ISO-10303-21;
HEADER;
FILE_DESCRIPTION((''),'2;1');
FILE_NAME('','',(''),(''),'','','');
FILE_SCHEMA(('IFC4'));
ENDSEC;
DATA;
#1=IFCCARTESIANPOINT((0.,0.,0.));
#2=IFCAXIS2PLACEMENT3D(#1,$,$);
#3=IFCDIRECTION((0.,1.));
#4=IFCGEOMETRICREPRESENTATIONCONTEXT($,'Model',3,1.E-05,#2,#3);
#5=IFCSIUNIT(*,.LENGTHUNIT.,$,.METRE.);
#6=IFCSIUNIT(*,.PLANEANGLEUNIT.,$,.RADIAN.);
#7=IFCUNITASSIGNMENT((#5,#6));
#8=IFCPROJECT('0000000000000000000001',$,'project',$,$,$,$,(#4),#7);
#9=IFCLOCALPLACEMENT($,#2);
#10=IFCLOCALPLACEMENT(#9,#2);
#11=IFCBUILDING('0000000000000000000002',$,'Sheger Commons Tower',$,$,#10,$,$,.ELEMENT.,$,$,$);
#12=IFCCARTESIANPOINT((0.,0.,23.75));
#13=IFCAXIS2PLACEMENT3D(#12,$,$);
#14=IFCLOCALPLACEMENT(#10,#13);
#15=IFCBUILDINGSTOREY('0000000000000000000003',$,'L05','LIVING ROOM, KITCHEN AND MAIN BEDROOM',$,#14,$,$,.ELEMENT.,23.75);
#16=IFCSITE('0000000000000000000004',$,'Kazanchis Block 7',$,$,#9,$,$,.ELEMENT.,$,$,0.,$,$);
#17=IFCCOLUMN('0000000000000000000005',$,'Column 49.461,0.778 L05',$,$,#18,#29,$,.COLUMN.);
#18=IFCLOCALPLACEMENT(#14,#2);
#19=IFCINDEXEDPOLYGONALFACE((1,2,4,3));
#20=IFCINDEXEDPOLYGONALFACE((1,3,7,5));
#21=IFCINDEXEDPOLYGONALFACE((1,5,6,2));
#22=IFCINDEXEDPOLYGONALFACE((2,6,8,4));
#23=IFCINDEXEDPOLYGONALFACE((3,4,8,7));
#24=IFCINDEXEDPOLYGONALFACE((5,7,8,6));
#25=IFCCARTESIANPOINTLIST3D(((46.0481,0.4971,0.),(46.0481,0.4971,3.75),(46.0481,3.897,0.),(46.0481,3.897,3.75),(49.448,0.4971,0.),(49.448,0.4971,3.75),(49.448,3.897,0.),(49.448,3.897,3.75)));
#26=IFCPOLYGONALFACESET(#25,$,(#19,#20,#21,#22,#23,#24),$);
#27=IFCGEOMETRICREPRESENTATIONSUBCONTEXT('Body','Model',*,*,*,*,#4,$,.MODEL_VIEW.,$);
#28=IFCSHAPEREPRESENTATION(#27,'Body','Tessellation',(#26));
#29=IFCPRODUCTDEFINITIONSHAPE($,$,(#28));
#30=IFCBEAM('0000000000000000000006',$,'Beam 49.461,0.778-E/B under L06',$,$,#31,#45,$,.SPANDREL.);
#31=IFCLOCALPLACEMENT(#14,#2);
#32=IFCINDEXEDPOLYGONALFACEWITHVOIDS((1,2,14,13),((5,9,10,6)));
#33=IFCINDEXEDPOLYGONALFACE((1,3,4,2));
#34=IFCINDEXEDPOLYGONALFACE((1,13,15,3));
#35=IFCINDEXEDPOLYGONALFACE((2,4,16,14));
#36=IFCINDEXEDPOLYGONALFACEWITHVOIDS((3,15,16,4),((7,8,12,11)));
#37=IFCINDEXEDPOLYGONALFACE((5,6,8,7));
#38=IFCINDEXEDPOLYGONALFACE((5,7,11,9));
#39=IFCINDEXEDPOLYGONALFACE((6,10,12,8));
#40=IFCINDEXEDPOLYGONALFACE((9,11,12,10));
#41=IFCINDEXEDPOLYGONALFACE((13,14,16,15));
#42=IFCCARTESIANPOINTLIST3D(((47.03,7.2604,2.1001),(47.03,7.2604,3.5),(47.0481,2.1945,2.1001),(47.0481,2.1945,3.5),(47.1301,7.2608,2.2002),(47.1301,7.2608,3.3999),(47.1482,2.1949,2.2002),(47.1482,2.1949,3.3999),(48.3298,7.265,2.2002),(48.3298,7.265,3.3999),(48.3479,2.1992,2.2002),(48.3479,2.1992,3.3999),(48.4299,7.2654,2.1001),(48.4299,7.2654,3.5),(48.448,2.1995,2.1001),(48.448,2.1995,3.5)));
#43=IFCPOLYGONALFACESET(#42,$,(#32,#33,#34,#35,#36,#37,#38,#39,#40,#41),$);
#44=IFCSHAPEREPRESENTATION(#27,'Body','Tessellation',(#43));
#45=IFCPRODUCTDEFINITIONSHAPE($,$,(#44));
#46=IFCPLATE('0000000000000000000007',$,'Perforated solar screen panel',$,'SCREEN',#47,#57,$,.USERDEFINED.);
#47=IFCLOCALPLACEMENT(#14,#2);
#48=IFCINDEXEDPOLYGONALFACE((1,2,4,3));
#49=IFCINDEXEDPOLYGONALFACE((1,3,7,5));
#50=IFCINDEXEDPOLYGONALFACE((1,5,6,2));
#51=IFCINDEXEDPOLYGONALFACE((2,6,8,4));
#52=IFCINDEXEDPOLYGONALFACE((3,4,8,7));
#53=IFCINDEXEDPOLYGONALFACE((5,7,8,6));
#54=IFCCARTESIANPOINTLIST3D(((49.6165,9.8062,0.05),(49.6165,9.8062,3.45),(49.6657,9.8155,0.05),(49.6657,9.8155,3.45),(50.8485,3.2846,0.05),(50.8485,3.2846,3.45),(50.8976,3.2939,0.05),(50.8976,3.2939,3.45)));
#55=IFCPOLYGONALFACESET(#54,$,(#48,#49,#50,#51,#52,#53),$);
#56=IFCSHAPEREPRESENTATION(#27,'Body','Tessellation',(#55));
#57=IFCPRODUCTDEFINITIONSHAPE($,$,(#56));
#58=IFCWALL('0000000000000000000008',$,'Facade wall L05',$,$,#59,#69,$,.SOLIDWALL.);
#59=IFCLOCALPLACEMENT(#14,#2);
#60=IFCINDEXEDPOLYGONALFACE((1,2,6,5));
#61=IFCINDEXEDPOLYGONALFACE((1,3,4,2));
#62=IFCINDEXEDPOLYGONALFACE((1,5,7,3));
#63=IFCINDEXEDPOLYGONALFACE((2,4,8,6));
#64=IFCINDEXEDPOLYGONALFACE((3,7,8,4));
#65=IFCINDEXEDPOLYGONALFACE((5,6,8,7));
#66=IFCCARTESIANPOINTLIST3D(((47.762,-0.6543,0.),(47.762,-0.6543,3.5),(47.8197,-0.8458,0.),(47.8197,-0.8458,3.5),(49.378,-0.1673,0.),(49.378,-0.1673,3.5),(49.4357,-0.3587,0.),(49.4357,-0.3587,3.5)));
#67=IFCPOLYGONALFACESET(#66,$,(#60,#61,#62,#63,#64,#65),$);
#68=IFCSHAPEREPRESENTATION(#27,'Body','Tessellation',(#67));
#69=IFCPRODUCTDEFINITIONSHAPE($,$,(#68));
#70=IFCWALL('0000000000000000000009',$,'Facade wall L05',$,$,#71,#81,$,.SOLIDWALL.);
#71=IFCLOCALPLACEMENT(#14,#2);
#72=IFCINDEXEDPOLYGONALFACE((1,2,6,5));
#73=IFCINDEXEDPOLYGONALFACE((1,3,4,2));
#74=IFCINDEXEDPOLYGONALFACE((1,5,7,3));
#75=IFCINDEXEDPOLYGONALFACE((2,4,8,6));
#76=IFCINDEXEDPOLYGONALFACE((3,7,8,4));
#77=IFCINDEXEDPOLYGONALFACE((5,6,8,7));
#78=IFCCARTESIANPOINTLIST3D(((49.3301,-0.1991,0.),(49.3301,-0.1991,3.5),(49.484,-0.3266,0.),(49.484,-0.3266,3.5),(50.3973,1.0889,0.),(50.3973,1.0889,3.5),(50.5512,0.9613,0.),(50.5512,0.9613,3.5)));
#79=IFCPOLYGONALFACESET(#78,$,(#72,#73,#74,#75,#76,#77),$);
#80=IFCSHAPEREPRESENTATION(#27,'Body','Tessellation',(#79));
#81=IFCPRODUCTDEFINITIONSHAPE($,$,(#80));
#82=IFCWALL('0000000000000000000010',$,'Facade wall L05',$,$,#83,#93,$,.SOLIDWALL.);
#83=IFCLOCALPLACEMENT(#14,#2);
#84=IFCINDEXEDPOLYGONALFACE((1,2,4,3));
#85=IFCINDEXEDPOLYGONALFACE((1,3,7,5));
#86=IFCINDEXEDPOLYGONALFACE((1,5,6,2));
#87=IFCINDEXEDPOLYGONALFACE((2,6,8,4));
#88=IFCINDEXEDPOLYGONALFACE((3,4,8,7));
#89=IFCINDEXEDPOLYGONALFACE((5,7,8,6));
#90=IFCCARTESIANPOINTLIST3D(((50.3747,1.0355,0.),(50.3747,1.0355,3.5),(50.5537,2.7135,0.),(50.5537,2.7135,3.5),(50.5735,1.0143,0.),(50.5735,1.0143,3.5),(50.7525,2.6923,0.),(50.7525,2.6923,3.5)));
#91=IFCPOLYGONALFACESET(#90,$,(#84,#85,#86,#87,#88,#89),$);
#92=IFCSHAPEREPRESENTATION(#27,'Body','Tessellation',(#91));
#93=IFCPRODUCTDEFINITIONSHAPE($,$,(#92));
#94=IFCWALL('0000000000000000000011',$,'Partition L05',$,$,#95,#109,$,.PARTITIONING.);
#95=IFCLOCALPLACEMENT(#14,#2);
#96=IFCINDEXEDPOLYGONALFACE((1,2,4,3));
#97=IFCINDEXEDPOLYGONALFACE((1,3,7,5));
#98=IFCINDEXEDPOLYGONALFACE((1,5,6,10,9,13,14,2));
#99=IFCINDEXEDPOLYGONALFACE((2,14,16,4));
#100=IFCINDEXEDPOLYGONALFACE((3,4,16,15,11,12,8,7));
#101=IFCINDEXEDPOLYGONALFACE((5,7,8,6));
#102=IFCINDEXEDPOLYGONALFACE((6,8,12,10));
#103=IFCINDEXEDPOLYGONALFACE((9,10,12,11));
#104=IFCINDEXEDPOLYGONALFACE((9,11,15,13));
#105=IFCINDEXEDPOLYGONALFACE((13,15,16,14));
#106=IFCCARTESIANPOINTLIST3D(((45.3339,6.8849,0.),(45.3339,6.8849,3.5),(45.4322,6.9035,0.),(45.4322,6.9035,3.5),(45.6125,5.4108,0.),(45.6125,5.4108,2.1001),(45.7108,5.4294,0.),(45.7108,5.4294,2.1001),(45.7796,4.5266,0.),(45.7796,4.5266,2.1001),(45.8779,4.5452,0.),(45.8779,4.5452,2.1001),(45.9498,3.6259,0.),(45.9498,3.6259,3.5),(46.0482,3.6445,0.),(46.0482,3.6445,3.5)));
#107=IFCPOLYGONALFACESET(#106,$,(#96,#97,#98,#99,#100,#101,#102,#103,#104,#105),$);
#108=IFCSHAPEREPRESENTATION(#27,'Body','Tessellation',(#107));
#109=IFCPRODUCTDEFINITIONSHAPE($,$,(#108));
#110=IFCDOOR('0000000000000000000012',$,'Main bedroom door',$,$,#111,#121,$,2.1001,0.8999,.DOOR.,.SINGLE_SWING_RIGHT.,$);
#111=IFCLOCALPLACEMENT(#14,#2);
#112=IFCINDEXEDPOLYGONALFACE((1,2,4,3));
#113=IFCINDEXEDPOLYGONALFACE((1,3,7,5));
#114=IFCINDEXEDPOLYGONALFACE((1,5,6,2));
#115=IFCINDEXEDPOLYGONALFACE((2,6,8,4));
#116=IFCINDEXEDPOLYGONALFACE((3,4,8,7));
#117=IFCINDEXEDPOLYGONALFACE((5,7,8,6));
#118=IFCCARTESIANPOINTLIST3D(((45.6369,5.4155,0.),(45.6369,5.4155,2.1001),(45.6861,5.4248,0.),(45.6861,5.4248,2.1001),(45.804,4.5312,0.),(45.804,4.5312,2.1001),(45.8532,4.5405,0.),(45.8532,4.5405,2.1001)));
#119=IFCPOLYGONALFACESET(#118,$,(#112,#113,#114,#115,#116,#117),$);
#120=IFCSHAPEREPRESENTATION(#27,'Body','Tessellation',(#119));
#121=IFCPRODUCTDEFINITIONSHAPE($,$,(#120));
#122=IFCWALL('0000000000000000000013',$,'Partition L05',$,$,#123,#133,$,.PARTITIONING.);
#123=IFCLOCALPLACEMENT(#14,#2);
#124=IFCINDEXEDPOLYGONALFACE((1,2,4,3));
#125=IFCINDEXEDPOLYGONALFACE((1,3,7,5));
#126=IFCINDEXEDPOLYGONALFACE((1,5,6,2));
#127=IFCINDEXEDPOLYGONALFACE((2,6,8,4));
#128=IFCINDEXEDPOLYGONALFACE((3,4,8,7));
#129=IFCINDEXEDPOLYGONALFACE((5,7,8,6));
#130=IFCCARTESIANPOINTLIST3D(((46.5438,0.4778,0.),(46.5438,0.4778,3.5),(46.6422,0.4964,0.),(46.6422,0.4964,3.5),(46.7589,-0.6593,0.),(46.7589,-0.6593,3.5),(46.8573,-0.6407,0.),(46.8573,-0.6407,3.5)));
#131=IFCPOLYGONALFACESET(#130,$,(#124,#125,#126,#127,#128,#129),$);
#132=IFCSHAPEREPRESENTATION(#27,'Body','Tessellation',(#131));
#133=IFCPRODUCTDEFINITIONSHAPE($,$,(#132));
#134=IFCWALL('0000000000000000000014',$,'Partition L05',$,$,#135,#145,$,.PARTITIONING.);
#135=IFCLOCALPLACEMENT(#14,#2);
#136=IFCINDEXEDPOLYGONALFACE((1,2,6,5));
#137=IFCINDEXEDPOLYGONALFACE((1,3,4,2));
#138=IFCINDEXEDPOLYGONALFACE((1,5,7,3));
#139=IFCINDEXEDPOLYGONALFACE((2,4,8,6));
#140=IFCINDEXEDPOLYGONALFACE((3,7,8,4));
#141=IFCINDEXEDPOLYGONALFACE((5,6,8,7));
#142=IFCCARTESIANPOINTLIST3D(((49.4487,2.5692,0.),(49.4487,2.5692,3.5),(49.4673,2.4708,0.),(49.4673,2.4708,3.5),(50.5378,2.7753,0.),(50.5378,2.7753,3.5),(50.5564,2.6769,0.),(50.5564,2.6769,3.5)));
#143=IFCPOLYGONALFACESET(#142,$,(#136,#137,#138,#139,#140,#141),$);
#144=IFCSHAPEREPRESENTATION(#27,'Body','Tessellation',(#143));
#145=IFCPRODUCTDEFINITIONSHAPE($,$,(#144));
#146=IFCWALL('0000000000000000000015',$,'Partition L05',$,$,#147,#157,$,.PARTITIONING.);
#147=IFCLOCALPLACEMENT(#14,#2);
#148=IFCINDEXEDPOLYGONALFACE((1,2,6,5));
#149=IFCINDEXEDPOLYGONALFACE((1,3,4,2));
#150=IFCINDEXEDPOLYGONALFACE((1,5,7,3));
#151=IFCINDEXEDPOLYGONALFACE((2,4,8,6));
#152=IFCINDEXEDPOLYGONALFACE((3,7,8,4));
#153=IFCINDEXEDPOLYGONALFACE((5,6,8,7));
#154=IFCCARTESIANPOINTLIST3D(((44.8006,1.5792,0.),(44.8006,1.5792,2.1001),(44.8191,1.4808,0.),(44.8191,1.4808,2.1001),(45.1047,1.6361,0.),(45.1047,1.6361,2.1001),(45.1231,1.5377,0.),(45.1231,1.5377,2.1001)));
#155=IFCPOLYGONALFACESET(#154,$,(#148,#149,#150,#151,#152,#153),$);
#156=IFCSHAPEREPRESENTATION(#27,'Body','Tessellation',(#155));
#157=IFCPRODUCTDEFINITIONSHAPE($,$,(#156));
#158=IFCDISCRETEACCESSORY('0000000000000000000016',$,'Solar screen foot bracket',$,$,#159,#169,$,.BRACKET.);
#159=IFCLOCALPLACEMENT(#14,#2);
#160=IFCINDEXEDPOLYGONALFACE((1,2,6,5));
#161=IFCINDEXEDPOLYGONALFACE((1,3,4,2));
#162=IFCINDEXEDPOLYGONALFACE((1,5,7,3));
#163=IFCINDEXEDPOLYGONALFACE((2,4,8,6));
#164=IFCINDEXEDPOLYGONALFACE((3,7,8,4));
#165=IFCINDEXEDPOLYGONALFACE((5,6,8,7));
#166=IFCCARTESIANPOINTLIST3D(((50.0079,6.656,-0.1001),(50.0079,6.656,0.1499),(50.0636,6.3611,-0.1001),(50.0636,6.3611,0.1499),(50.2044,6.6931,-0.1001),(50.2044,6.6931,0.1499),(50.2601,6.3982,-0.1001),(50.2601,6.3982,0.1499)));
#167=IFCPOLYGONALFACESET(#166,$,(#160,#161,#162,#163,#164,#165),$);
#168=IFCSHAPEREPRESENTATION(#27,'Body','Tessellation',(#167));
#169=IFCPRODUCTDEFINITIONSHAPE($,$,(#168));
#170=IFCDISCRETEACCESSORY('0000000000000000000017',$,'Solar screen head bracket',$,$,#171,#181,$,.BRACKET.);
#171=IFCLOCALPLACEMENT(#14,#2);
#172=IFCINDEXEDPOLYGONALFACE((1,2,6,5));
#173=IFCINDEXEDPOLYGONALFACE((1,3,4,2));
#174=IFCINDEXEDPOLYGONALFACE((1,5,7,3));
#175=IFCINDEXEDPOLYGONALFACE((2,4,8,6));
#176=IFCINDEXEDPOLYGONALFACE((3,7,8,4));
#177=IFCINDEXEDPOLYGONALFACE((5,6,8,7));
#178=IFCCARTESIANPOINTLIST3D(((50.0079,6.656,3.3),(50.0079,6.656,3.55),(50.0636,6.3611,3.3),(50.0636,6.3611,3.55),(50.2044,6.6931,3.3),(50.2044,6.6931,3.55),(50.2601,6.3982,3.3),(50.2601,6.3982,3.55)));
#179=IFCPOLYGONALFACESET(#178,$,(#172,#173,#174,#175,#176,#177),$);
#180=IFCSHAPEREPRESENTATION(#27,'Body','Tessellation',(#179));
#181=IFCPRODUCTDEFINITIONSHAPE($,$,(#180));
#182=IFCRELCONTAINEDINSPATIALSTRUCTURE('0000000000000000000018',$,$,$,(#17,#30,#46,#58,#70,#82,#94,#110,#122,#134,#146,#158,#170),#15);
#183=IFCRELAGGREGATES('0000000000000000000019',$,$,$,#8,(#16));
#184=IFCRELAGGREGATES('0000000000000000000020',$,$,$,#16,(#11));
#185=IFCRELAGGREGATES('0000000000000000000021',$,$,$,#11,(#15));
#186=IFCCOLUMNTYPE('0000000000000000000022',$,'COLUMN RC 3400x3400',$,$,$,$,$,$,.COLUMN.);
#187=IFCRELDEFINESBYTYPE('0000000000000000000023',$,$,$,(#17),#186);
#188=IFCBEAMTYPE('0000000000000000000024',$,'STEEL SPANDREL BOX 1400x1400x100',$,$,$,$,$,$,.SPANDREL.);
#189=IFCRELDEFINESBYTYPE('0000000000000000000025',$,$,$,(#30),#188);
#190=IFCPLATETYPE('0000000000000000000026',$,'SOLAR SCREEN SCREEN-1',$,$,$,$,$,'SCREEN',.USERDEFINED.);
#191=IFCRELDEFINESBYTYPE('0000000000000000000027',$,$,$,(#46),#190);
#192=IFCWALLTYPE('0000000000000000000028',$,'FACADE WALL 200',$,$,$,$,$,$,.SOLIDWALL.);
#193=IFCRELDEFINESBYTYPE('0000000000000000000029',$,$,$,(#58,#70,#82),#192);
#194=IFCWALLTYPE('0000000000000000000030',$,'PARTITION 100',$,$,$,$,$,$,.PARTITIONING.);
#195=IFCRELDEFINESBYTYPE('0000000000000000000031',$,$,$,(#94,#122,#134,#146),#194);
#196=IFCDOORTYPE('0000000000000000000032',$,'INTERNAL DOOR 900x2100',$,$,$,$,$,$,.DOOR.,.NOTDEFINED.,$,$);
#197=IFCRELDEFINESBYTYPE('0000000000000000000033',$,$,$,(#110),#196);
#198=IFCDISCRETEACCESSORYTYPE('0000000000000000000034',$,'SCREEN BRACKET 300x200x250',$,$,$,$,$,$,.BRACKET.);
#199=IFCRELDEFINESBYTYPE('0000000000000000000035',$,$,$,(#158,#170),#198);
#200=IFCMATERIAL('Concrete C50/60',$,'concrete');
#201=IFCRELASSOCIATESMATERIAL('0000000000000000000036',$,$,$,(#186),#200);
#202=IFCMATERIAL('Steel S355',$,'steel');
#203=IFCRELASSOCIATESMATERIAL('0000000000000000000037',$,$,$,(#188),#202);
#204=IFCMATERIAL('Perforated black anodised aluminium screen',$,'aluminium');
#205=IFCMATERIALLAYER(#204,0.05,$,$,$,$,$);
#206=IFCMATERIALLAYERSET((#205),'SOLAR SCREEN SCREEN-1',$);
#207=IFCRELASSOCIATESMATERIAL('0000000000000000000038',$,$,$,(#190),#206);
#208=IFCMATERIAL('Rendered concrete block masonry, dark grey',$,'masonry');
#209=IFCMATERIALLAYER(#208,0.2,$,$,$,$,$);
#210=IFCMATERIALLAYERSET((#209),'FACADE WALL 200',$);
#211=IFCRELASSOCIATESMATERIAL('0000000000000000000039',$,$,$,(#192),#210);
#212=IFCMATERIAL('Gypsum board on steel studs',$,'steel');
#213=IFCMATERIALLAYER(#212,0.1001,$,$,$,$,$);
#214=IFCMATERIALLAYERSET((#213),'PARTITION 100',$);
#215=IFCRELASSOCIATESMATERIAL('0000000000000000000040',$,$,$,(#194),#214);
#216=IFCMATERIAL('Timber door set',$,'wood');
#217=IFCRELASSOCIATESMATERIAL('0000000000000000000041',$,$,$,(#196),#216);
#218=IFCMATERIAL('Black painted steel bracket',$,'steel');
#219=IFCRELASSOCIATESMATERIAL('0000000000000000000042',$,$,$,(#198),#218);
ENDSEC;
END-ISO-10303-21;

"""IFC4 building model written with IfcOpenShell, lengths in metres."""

from ifc_helpers import new_model, si_unit, direction, frame, frame_2d, origin, origin_2d, place, context, subcontext, project, spatial, rectangle, hollow_rectangle, extrude, material, layer, layer_set, material_profile, profile_set, type_object, element, fill, save


model = new_model("IFC4")

# Units and contexts
model_context = context("Model", 3, precision=1e-05, world=origin(), true_north=direction((0.0, 1.0)))
body_context = subcontext(model_context, "Body", "Model", "MODEL_VIEW")
ifc_project = project(units=[si_unit("LENGTHUNIT", "METRE"), si_unit("PLANEANGLEUNIT", "RADIAN")], contexts=[model_context])

# Site, building, storey
site_placement = place(None, origin())
site = spatial("IfcSite", under=ifc_project, at=site_placement, Name="Kazanchis Block 7", CompositionType="ELEMENT", RefElevation=0.0)
building_placement = place(site_placement, origin())
building = spatial("IfcBuilding", under=site, at=building_placement, Name="Sheger Commons Tower", CompositionType="ELEMENT")
storey_placement = place(building_placement, frame((0.0, 0.0, 23.75)))
storey = spatial("IfcBuildingStorey", under=building, at=storey_placement, Name="L05", Description="LIVING ROOM, KITCHEN AND MAIN BEDROOM", CompositionType="ELEMENT", Elevation=23.75)

# Column
ifc_material_1 = material(Name="Concrete C50/60", Category="concrete")
ifc_material_profile_1 = material_profile(ifc_material_1, rectangle(XDim=3.3999, YDim=3.3999, at=origin_2d()), Name="RC 3400x3400")
ifc_profile_set_1 = profile_set([ifc_material_profile_1], Name="Concrete C50/60")
column_type = type_object("IfcColumnType", Name="COLUMN RC 3400x3400", PredefinedType="COLUMN", material=ifc_profile_set_1)
column_placement = place(storey_placement, frame((47.748, 2.197, 0.0), z_axis=(0.0, 0.0, 1.0), x_axis=(1.0, 0.0, 0.0)))
element("IfcColumn", 1, at=column_placement, inside=storey, type_object=column_type, Name="Column 49.461,0.778 L05", PredefinedType="COLUMN", context=body_context, shape_type="SweptSolid", body=[
    extrude(rectangle(XDim=3.3999, YDim=3.3999, at=origin_2d()), origin(), (0.0, 0.0, 1.0), 3.75),
])

# Beam
ifc_material_2 = material(Name="Steel S355", Category="steel")
ifc_material_profile_2 = material_profile(ifc_material_2, hollow_rectangle(XDim=1.3999, YDim=1.3999, WallThickness=0.1001, at=origin_2d()), Name="BOX 1400x1400x100")
ifc_profile_set_2 = profile_set([ifc_material_profile_2], Name="Steel S355")
beam_type = type_object("IfcBeamType", Name="STEEL SPANDREL BOX 1400x1400x100", PredefinedType="SPANDREL", material=ifc_profile_set_2)
beam_placement = place(storey_placement, frame((47.748, 2.197, 2.8), z_axis=(-0.003566, 0.999994, 0.0), x_axis=(-0.999994, -0.003566, 0.0)))
element("IfcBeam", 2, at=beam_placement, inside=storey, type_object=beam_type, Name="Beam 49.461,0.778-E/B under L06", PredefinedType="SPANDREL", context=body_context, shape_type="SweptSolid", body=[
    extrude(hollow_rectangle(XDim=1.3999, YDim=1.3999, WallThickness=0.1001, at=origin_2d()), origin(), (0.0, 0.0, 1.0), 5.0659),
])

# Plate
ifc_material_3 = material(Name="Perforated black anodised aluminium screen", Category="aluminium")
ifc_layer_1 = layer(ifc_material_3, 0.05)
ifc_layer_set_1 = layer_set([ifc_layer_1], Name="SOLAR SCREEN SCREEN-1")
plate_type = type_object("IfcPlateType", Name="SOLAR SCREEN SCREEN-1", ElementType="SCREEN", PredefinedType="USERDEFINED", material=ifc_layer_set_1)
plate_placement = place(storey_placement, frame((50.2571, 6.55, 0.05), z_axis=(0.0, 0.0, 1.0), x_axis=(-0.185615, 0.982623, 0.0)))
element("IfcPlate", 3, at=plate_placement, inside=storey, type_object=plate_type, Name="Perforated solar screen panel", ObjectType="SCREEN", PredefinedType="USERDEFINED", context=body_context, shape_type="SweptSolid", body=[
    extrude(rectangle(XDim=6.637, YDim=0.05, at=origin_2d()), origin(), (0.0, 0.0, 1.0), 3.3999),
])

# Walls
ifc_material_4 = material(Name="Rendered concrete block masonry, dark grey", Category="masonry")
ifc_layer_2 = layer(ifc_material_4, 0.2)
ifc_layer_set_2 = layer_set([ifc_layer_2], Name="FACADE WALL 200")
wall_type_1 = type_object("IfcWallType", Name="FACADE WALL 200", PredefinedType="SOLIDWALL", material=ifc_layer_set_2)
wall_1_placement = place(storey_placement, frame((47.791, -0.75, 0.0), z_axis=(0.0, 0.0, 1.0), x_axis=(0.957455, 0.288582, 0.0)))
element("IfcWall", 4, at=wall_1_placement, inside=storey, type_object=wall_type_1, Name="Facade wall L05", PredefinedType="SOLIDWALL", context=body_context, shape_type="SweptSolid", body=[
    extrude(rectangle(XDim=1.6877, YDim=0.2, at=frame_2d((0.8438, 0.0))), origin(), (0.0, 0.0, 1.0), 3.5),
])
wall_2_placement = place(storey_placement, frame((49.407, -0.2629, 0.0), z_axis=(0.0, 0.0, 1.0), x_axis=(0.638043, 0.770001, 0.0)))
element("IfcWall", 5, at=wall_2_placement, inside=storey, type_object=wall_type_1, Name="Facade wall L05", PredefinedType="SOLIDWALL", context=body_context, shape_type="SweptSolid", body=[
    extrude(rectangle(XDim=1.6726, YDim=0.2, at=frame_2d((0.8364, 0.0))), origin(), (0.0, 0.0, 1.0), 3.5),
])
wall_3_placement = place(storey_placement, frame((50.4741, 1.0249, 0.0), z_axis=(0.0, 0.0, 1.0), x_axis=(0.106048, 0.994361, 0.0)))
element("IfcWall", 6, at=wall_3_placement, inside=storey, type_object=wall_type_1, Name="Facade wall L05", PredefinedType="SOLIDWALL", context=body_context, shape_type="SweptSolid", body=[
    extrude(rectangle(XDim=1.6875, YDim=0.2, at=frame_2d((0.8438, 0.0))), origin(), (0.0, 0.0, 1.0), 3.5),
])

# Wall, opening, door
ifc_material_5 = material(Name="Gypsum board on steel studs", Category="steel")
ifc_layer_3 = layer(ifc_material_5, 0.1001)
ifc_layer_set_3 = layer_set([ifc_layer_3], Name="PARTITION 100")
wall_type_2 = type_object("IfcWallType", Name="PARTITION 100", PredefinedType="PARTITIONING", material=ifc_layer_set_3)
wall_4_placement = place(storey_placement, frame((45.3831, 6.894, 0.0), z_axis=(0.0, 0.0, 1.0), x_axis=(0.185715, -0.982604, 0.0)))
wall_4 = element("IfcWall", 7, at=wall_4_placement, inside=storey, type_object=wall_type_2, Name="Partition L05", PredefinedType="PARTITIONING", context=body_context, shape_type="SweptSolid", body=[
    extrude(rectangle(XDim=3.3167, YDim=0.1001, at=frame_2d((1.6582, 0.0))), origin(), (0.0, 0.0, 1.0), 3.5),
])
opening_1_placement = place(wall_4_placement, frame((1.5, 0.0, 0.0)))
opening_1 = element("IfcOpeningElement", 8, at=opening_1_placement, cuts=wall_4, PredefinedType="OPENING", context=body_context, shape_type="SweptSolid", body=[
    extrude(rectangle(XDim=0.8999, YDim=2.1001, at=frame_2d((0.45, 1.05))), frame((0.0, 0.0601, 0.0), z_axis=(0.0, -1.0, 0.0), x_axis=(1.0, 0.0, 0.0)), (0.0, 0.0, 1.0), 0.1201),
])
ifc_material_6 = material(Name="Timber door set", Category="wood")
door_type = type_object("IfcDoorType", Name="INTERNAL DOOR 900x2100", OperationType="NOTDEFINED", PredefinedType="DOOR", material=ifc_material_6)
door_placement = place(opening_1_placement, origin())
door = element("IfcDoor", 9, at=door_placement, inside=storey, type_object=door_type, Name="Main bedroom door", OperationType="SINGLE_SWING_RIGHT", OverallHeight=2.1001, OverallWidth=0.8999, PredefinedType="DOOR", context=body_context, shape_type="SweptSolid", body=[
    extrude(rectangle(XDim=0.8999, YDim=2.1001, at=frame_2d((0.45, 1.05))), frame((0.0, 0.0249, 0.0), z_axis=(0.0, -1.0, 0.0), x_axis=(1.0, 0.0, 0.0)), (0.0, 0.0, 1.0), 0.05),
])
fill(opening_1, door)

# Walls
wall_5_placement = place(storey_placement, frame((46.593, 0.4871, 0.0), z_axis=(0.0, 0.0, 1.0), x_axis=(0.185881, -0.982572, 0.0)))
element("IfcWall", 10, at=wall_5_placement, inside=storey, type_object=wall_type_2, Name="Partition L05", PredefinedType="PARTITIONING", context=body_context, shape_type="SweptSolid", body=[
    extrude(rectangle(XDim=1.1572, YDim=0.1001, at=frame_2d((0.5786, 0.0))), origin(), (0.0, 0.0, 1.0), 3.5),
])
wall_6_placement = place(storey_placement, frame((50.5471, 2.7261, 0.0), z_axis=(0.0, 0.0, 1.0), x_axis=(-0.982569, -0.185897, 0.0)))
element("IfcWall", 11, at=wall_6_placement, inside=storey, type_object=wall_type_2, Name="Partition L05", PredefinedType="PARTITIONING", context=body_context, shape_type="SweptSolid", body=[
    extrude(rectangle(XDim=1.1084, YDim=0.1001, at=frame_2d((0.5542, 0.0))), origin(), (0.0, 0.0, 1.0), 3.5),
])
wall_7_placement = place(storey_placement, frame((45.114, 1.5869, 0.0), z_axis=(0.0, 0.0, 1.0), x_axis=(-0.982935, -0.183955, 0.0)))
element("IfcWall", 12, at=wall_7_placement, inside=storey, type_object=wall_type_2, Name="Partition L05", PredefinedType="PARTITIONING", context=body_context, shape_type="SweptSolid", body=[
    extrude(rectangle(XDim=0.3093, YDim=0.1001, at=frame_2d((0.1548, 0.0))), origin(), (0.0, 0.0, 1.0), 2.1001),
])

# Discrete accessories
ifc_material_7 = material(Name="Black painted steel bracket", Category="steel")
discrete_accessory_type = type_object("IfcDiscreteAccessoryType", Name="SCREEN BRACKET 300x200x250", PredefinedType="BRACKET", material=ifc_material_7)
for number, where, z_axis, x_axis, name in (
    (13, (50.134, 6.5271, -0.1001), (0.0, 0.0, 1.0), (-0.185615, 0.982623, 0.0), "Solar screen foot bracket"),
    (14, (50.134, 6.5271, 3.3), (0.0, 0.0, 1.0), (-0.185615, 0.982623, 0.0), "Solar screen head bracket"),
):
    element("IfcDiscreteAccessory", number, at=place(storey_placement, frame(where, z_axis=z_axis, x_axis=x_axis)), inside=storey, type_object=discrete_accessory_type, Name=name, PredefinedType="BRACKET", context=body_context, shape_type="SweptSolid", body=[
        extrude(rectangle(XDim=0.3, YDim=0.2, at=origin_2d()), origin(), (0.0, 0.0, 1.0), 0.25),
    ])

save(model, "model.ifc")
